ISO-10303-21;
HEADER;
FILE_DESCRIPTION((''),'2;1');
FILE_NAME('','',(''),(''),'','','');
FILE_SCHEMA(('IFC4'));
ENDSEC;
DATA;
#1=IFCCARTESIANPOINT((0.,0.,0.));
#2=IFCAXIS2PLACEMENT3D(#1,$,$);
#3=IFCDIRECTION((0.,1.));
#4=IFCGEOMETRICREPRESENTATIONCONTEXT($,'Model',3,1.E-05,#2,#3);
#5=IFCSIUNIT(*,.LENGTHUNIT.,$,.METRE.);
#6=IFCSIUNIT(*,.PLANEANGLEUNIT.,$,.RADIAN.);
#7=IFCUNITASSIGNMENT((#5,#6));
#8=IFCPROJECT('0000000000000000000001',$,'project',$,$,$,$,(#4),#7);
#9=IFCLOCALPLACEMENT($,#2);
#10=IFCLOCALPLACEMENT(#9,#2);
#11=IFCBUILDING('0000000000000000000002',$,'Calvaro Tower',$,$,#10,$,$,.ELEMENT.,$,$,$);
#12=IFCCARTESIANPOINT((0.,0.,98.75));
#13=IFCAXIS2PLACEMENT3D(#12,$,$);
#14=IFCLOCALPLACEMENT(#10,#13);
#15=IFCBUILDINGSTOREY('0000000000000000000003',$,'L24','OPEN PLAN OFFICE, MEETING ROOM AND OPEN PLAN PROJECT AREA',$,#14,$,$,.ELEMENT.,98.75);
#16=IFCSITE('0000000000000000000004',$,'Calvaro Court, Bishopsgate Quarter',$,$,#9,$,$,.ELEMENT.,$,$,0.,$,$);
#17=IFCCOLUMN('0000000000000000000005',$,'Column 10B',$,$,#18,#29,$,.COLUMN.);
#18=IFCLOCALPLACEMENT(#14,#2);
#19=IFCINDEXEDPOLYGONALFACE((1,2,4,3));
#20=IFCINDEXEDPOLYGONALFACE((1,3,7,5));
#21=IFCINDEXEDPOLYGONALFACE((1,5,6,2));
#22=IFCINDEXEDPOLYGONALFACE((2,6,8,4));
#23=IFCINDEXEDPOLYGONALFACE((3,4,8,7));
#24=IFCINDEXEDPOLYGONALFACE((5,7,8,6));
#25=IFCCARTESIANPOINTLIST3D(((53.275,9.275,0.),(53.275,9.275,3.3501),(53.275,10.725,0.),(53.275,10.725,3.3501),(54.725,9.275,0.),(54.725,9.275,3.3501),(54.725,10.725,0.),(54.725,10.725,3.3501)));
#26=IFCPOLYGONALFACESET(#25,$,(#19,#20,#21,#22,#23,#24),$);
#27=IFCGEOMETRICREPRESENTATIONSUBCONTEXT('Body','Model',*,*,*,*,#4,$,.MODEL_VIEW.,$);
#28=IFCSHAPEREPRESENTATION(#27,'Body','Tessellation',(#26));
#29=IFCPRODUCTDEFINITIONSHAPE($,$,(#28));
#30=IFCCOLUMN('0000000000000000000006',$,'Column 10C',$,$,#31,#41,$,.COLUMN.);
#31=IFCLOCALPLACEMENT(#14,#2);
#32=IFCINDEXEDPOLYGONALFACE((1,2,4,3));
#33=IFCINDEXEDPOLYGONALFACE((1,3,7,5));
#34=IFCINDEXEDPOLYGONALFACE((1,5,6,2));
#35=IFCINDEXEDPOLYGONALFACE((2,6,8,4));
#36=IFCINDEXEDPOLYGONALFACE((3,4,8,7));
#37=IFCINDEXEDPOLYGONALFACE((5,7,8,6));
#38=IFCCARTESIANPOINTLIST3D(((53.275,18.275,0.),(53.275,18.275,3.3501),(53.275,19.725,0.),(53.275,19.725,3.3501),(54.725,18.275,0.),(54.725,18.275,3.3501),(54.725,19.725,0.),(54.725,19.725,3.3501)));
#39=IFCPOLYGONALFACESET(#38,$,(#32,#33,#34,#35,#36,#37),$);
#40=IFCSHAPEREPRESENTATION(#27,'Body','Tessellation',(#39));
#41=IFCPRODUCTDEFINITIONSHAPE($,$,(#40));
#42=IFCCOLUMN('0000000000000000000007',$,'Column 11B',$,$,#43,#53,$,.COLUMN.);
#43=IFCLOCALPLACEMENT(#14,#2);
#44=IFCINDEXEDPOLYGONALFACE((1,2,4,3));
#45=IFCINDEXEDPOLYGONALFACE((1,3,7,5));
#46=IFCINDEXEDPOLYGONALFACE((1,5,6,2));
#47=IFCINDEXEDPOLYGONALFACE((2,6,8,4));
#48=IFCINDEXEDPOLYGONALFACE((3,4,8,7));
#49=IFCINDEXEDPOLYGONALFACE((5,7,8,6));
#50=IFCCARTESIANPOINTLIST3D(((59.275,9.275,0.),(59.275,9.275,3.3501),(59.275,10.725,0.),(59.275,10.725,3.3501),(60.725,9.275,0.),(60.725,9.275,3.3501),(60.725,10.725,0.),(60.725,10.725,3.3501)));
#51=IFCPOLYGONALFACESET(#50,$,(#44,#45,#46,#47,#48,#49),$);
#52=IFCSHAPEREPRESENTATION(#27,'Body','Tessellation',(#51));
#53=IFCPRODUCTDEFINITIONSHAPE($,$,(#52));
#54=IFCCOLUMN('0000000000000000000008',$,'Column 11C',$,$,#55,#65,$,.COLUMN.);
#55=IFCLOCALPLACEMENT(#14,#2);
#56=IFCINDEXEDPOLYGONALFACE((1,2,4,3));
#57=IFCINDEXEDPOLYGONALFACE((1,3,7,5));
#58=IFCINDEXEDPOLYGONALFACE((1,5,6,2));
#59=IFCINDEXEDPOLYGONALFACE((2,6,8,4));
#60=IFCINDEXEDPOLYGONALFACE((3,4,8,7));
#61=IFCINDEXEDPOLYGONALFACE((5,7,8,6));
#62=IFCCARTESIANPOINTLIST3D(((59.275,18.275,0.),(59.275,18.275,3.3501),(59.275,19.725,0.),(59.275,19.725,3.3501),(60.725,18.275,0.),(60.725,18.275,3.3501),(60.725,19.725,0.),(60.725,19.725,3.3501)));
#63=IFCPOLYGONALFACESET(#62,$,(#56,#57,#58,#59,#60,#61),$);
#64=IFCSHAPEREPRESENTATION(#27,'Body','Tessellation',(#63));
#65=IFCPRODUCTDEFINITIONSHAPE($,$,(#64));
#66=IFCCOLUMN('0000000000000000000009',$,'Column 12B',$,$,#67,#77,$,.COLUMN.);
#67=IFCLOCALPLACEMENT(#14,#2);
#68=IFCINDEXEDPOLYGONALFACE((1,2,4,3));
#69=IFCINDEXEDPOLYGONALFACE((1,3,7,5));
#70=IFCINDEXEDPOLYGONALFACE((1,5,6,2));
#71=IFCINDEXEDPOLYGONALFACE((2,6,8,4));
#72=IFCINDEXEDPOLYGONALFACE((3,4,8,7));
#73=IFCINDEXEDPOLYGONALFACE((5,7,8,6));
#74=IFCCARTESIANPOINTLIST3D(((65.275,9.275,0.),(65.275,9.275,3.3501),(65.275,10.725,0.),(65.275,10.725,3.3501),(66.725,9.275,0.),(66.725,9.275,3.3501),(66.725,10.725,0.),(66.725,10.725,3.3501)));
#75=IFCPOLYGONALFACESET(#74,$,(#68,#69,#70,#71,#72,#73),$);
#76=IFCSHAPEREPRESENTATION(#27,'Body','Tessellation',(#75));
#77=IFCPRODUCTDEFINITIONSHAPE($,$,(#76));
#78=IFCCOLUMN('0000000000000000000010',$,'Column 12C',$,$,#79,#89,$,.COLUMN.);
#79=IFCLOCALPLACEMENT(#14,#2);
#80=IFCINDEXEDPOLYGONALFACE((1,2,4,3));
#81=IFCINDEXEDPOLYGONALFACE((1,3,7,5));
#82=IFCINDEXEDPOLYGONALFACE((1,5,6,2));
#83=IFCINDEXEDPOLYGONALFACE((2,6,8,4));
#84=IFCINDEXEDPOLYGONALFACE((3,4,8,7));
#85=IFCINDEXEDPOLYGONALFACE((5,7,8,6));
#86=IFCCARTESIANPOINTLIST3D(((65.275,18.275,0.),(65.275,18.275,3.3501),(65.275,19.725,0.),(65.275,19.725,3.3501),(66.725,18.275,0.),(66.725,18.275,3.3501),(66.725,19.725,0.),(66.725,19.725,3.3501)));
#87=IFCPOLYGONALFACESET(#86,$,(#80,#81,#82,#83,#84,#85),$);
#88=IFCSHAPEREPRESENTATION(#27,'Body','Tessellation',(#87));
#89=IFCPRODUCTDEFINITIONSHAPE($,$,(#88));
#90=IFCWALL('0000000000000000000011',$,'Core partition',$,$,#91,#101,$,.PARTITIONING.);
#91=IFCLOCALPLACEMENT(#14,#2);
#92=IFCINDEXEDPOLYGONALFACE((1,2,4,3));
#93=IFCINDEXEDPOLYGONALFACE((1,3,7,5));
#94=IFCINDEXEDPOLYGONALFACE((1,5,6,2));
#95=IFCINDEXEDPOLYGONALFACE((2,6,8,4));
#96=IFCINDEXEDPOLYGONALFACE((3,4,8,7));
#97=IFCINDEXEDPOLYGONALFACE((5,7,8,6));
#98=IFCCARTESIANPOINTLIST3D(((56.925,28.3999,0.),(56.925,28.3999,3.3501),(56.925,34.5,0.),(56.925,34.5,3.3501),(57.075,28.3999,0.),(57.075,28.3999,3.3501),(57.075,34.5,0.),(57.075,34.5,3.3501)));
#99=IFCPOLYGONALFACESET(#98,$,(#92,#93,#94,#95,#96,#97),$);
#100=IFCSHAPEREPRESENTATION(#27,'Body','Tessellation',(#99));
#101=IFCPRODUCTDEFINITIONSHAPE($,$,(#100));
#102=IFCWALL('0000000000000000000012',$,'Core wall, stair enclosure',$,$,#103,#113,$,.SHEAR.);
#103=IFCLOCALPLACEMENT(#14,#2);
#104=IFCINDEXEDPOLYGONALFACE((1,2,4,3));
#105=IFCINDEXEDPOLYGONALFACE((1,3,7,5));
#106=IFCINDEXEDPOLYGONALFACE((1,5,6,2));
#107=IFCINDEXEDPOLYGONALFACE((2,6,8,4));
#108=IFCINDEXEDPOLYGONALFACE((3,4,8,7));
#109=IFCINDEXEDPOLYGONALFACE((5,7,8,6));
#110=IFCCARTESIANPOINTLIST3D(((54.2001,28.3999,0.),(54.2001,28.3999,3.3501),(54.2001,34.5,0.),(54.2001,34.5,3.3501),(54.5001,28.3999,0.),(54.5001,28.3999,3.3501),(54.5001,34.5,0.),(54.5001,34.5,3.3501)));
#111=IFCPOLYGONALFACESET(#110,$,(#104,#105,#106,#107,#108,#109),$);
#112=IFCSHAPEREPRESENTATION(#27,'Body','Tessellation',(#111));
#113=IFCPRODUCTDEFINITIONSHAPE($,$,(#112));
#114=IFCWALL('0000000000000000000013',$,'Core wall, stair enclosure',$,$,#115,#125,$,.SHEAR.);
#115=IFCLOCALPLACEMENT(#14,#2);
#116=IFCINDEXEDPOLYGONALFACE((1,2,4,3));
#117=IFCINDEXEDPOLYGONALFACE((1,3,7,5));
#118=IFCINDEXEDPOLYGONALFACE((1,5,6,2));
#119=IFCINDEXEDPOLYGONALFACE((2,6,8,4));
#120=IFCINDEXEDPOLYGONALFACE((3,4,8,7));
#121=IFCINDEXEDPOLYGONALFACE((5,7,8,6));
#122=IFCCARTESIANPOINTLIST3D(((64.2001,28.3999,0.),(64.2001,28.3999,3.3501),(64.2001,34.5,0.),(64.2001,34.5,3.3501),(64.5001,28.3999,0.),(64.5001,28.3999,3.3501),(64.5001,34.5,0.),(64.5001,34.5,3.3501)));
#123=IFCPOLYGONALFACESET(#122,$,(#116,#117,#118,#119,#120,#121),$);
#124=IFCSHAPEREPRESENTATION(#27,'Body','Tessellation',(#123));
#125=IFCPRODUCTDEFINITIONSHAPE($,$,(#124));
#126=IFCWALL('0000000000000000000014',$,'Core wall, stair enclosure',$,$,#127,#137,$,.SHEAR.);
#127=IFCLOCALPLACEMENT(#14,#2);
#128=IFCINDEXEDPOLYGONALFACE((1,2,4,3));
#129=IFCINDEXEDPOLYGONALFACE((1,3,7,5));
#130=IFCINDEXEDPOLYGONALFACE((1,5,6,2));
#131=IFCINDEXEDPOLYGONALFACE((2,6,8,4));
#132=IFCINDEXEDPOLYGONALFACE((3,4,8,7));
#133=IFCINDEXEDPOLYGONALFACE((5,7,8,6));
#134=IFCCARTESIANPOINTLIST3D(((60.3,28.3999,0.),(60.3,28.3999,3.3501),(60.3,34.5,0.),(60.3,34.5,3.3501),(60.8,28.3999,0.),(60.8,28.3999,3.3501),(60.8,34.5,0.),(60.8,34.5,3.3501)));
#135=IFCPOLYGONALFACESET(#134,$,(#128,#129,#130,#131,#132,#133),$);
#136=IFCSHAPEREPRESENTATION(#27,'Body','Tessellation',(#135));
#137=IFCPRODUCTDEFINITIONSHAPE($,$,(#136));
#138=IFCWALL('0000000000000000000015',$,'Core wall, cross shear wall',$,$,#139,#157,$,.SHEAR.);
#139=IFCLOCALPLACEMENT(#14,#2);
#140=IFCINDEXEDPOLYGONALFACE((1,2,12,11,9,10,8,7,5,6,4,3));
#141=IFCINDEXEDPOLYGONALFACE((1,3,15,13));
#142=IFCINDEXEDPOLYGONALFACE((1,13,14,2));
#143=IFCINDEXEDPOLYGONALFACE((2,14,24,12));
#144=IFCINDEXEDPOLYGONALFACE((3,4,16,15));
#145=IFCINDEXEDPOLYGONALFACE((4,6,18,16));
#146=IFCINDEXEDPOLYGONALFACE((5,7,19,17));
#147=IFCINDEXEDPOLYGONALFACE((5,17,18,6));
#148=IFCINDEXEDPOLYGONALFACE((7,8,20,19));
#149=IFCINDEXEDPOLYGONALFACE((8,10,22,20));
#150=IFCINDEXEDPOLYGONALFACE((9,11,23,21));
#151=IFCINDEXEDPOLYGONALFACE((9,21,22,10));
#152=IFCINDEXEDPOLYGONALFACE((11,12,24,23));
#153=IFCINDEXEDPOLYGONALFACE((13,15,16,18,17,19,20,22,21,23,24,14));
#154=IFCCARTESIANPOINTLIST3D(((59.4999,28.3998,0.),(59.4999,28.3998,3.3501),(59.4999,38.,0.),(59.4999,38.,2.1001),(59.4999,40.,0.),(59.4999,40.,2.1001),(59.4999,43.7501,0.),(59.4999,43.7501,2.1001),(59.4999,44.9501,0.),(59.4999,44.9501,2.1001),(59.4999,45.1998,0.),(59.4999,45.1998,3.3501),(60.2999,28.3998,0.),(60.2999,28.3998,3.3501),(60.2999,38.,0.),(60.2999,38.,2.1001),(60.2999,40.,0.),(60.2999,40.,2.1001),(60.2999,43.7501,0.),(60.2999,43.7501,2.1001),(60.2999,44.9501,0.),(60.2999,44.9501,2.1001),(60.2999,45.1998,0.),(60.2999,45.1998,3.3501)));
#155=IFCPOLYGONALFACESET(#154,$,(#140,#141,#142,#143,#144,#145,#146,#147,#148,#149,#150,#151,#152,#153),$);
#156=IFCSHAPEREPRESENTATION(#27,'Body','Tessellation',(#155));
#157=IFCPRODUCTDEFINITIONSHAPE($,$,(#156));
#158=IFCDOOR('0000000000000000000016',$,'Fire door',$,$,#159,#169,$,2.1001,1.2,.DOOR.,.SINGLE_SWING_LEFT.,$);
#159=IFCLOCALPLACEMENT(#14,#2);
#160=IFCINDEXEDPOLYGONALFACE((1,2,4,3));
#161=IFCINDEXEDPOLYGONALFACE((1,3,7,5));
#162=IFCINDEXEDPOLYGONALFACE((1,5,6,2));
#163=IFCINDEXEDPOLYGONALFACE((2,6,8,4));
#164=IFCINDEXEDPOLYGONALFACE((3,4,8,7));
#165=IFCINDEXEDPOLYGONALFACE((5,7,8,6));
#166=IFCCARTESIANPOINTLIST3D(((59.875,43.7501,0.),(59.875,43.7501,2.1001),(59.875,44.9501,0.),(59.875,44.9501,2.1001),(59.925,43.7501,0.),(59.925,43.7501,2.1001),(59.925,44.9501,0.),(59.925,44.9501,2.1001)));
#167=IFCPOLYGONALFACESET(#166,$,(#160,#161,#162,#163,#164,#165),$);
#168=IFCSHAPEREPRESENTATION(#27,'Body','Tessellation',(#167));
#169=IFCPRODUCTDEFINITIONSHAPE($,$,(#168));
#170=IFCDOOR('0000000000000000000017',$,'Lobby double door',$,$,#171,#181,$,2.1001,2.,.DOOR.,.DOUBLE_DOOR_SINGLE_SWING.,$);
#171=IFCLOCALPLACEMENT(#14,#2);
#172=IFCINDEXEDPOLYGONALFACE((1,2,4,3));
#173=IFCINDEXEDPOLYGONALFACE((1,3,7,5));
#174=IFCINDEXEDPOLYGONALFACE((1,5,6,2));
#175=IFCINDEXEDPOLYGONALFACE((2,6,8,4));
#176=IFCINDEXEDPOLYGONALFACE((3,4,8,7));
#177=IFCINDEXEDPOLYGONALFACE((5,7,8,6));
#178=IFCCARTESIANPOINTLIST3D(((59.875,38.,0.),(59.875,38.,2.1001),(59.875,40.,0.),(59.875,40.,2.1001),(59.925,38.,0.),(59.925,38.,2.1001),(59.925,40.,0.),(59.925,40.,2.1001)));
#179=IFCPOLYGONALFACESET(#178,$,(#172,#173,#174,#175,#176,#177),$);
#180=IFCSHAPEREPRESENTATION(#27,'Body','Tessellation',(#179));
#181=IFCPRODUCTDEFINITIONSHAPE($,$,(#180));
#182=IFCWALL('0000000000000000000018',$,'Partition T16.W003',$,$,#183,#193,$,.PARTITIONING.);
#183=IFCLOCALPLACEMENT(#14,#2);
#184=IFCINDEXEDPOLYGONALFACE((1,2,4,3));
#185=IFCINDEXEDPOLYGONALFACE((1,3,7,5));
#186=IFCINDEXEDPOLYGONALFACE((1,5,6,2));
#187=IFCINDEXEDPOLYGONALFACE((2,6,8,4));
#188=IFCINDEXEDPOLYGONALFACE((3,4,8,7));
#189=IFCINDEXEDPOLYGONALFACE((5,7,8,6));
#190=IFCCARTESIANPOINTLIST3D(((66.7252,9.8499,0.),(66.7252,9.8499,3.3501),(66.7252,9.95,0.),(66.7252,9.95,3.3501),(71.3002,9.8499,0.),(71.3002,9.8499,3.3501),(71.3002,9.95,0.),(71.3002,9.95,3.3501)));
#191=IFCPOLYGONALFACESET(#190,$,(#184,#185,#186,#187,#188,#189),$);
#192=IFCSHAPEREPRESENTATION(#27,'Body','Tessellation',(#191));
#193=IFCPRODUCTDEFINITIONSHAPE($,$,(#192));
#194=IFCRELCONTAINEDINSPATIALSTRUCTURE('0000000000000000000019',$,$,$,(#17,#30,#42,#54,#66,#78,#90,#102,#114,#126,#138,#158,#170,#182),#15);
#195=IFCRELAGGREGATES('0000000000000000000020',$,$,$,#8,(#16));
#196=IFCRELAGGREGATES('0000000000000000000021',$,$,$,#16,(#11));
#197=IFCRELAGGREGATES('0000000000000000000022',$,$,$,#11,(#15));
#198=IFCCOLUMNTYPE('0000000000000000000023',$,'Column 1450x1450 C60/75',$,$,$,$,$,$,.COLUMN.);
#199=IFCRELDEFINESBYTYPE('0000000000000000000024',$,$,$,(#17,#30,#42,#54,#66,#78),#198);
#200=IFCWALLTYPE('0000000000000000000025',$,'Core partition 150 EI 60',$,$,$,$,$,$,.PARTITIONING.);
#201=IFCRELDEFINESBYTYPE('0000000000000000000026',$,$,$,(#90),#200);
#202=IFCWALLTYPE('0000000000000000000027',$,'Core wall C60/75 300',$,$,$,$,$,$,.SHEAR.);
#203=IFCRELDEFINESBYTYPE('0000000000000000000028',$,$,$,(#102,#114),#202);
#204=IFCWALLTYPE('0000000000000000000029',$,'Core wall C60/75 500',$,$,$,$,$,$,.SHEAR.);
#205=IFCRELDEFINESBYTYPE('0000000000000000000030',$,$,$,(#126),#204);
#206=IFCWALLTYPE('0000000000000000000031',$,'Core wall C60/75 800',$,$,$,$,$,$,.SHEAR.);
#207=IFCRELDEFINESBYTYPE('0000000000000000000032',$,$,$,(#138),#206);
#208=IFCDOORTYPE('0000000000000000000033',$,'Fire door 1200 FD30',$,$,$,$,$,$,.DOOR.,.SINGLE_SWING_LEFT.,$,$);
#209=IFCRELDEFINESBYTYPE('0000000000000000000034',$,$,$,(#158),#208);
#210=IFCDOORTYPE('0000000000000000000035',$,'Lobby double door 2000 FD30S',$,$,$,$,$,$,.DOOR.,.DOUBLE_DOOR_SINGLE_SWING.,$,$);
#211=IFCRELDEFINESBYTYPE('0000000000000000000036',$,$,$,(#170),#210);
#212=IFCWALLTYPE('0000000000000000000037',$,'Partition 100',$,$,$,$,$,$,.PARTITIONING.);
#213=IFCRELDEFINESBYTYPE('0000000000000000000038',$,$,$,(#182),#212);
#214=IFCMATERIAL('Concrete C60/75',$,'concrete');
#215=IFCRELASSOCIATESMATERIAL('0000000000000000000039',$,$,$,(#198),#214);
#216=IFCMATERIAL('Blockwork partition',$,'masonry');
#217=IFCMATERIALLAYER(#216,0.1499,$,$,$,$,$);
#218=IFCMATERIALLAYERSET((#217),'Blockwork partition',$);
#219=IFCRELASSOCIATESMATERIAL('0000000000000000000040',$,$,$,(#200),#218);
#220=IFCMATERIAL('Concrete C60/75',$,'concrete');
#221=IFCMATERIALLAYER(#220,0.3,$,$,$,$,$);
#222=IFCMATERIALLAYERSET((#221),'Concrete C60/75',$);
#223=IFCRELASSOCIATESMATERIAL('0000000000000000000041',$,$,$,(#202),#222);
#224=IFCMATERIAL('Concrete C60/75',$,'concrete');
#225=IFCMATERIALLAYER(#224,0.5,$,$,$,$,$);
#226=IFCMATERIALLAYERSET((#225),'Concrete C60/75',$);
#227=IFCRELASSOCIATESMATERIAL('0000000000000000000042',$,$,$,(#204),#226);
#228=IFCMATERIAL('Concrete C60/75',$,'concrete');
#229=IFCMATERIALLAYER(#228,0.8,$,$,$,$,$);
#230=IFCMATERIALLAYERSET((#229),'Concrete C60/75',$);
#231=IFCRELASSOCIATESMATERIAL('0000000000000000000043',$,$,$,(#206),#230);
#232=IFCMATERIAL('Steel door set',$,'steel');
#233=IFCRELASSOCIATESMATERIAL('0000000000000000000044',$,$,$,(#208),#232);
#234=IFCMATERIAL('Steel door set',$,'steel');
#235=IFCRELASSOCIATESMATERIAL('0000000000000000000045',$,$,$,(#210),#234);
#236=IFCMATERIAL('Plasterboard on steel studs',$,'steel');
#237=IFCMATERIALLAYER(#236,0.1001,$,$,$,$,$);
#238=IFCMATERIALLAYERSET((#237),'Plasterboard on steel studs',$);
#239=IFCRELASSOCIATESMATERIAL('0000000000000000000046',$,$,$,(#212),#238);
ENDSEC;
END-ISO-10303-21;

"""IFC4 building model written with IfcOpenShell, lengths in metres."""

from ifc_helpers import new_model, si_unit, direction, frame, frame_2d, origin, origin_2d, place, context, subcontext, project, spatial, rectangle, extrude, material, layer, layer_set, material_profile, profile_set, type_object, element, fill, save


model = new_model("IFC4")

# Units and contexts
model_context = context("Model", 3, precision=1e-05, world=origin(), true_north=direction((0.0, 1.0)))
body_context = subcontext(model_context, "Body", "Model", "MODEL_VIEW")
ifc_project = project(units=[si_unit("LENGTHUNIT", "METRE"), si_unit("PLANEANGLEUNIT", "RADIAN")], contexts=[model_context])

# Site, building, storey
site_placement = place(None, origin())
site = spatial("IfcSite", under=ifc_project, at=site_placement, Name="Calvaro Court, Bishopsgate Quarter", CompositionType="ELEMENT", RefElevation=0.0)
building_placement = place(site_placement, origin())
building = spatial("IfcBuilding", under=site, at=building_placement, Name="Calvaro Tower", CompositionType="ELEMENT")
storey_placement = place(building_placement, frame((0.0, 0.0, 98.75)))
storey = spatial("IfcBuildingStorey", under=building, at=storey_placement, Name="L24", Description="OPEN PLAN OFFICE, MEETING ROOM AND OPEN PLAN PROJECT AREA", CompositionType="ELEMENT", Elevation=98.75)

# Columns
ifc_material_1 = material(Name="Concrete C60/75", Category="concrete")
ifc_material_profile = material_profile(ifc_material_1, rectangle(XDim=1.45, YDim=1.45, at=origin_2d()), Name="RC 1450x1450")
ifc_profile_set = profile_set([ifc_material_profile], Name="Concrete C60/75")
column_type = type_object("IfcColumnType", Name="Column 1450x1450 C60/75", PredefinedType="COLUMN", material=ifc_profile_set)
for number, where, z_axis, x_axis, name in (
    (1, (54.0, 10.0, 0.0), (0.0, 0.0, 1.0), (1.0, 0.0, 0.0), "Column 10B"),
    (2, (54.0, 19.0, 0.0), (0.0, 0.0, 1.0), (1.0, 0.0, 0.0), "Column 10C"),
    (3, (60.0, 10.0, 0.0), (0.0, 0.0, 1.0), (1.0, 0.0, 0.0), "Column 11B"),
    (4, (60.0, 19.0, 0.0), (0.0, 0.0, 1.0), (1.0, 0.0, 0.0), "Column 11C"),
    (5, (66.0, 10.0, 0.0), (0.0, 0.0, 1.0), (1.0, 0.0, 0.0), "Column 12B"),
    (6, (66.0, 19.0, 0.0), (0.0, 0.0, 1.0), (1.0, 0.0, 0.0), "Column 12C"),
):
    element("IfcColumn", number, at=place(storey_placement, frame(where, z_axis=z_axis, x_axis=x_axis)), inside=storey, type_object=column_type, Name=name, PredefinedType="COLUMN", context=body_context, shape_type="SweptSolid", body=[
        extrude(rectangle(XDim=1.45, YDim=1.45, at=origin_2d()), origin(), (0.0, 0.0, 1.0), 3.3501),
    ])

# Walls
ifc_material_2 = material(Name="Blockwork partition", Category="masonry")
ifc_layer_1 = layer(ifc_material_2, 0.1499)
ifc_layer_set_1 = layer_set([ifc_layer_1], Name="Blockwork partition")
wall_type_1 = type_object("IfcWallType", Name="Core partition 150 EI 60", PredefinedType="PARTITIONING", material=ifc_layer_set_1)
wall_1_placement = place(storey_placement, frame((57.0, 28.3999, 0.0), z_axis=(0.0, 0.0, 1.0), x_axis=(0.0, 1.0, 0.0)))
element("IfcWall", 7, at=wall_1_placement, inside=storey, type_object=wall_type_1, Name="Core partition", PredefinedType="PARTITIONING", context=body_context, shape_type="SweptSolid", body=[
    extrude(rectangle(XDim=6.1001, YDim=0.1499, at=frame_2d((3.05, 0.0))), origin(), (0.0, 0.0, 1.0), 3.3501),
])
ifc_material_3 = material(Name="Concrete C60/75", Category="concrete")
ifc_layer_2 = layer(ifc_material_3, 0.3)
ifc_layer_set_2 = layer_set([ifc_layer_2], Name="Concrete C60/75")
wall_type_2 = type_object("IfcWallType", Name="Core wall C60/75 300", PredefinedType="SHEAR", material=ifc_layer_set_2)
for number, where, z_axis, x_axis, name in (
    (8, (54.3501, 28.3999, 0.0), (0.0, 0.0, 1.0), (0.0, 1.0, 0.0), "Core wall, stair enclosure"),
    (9, (64.3501, 28.3999, 0.0), (0.0, 0.0, 1.0), (0.0, 1.0, 0.0), "Core wall, stair enclosure"),
):
    element("IfcWall", number, at=place(storey_placement, frame(where, z_axis=z_axis, x_axis=x_axis)), inside=storey, type_object=wall_type_2, Name=name, PredefinedType="SHEAR", context=body_context, shape_type="SweptSolid", body=[
        extrude(rectangle(XDim=6.1001, YDim=0.3, at=frame_2d((3.05, 0.0))), origin(), (0.0, 0.0, 1.0), 3.3501),
    ])
ifc_material_4 = material(Name="Concrete C60/75", Category="concrete")
ifc_layer_3 = layer(ifc_material_4, 0.5)
ifc_layer_set_3 = layer_set([ifc_layer_3], Name="Concrete C60/75")
wall_type_3 = type_object("IfcWallType", Name="Core wall C60/75 500", PredefinedType="SHEAR", material=ifc_layer_set_3)
wall_2_placement = place(storey_placement, frame((60.55, 28.3999, 0.0), z_axis=(0.0, 0.0, 1.0), x_axis=(0.0, 1.0, 0.0)))
element("IfcWall", 10, at=wall_2_placement, inside=storey, type_object=wall_type_3, Name="Core wall, stair enclosure", PredefinedType="SHEAR", context=body_context, shape_type="SweptSolid", body=[
    extrude(rectangle(XDim=6.1001, YDim=0.5, at=frame_2d((3.05, 0.0))), origin(), (0.0, 0.0, 1.0), 3.3501),
])

# Wall, openings, doors
ifc_material_5 = material(Name="Concrete C60/75", Category="concrete")
ifc_layer_4 = layer(ifc_material_5, 0.8)
ifc_layer_set_4 = layer_set([ifc_layer_4], Name="Concrete C60/75")
wall_type_4 = type_object("IfcWallType", Name="Core wall C60/75 800", PredefinedType="SHEAR", material=ifc_layer_set_4)
wall_3_placement = place(storey_placement, frame((59.8999, 28.3999, 0.0), z_axis=(0.0, 0.0, 1.0), x_axis=(0.0, 1.0, 0.0)))
wall_3 = element("IfcWall", 11, at=wall_3_placement, inside=storey, type_object=wall_type_4, Name="Core wall, cross shear wall", PredefinedType="SHEAR", context=body_context, shape_type="SweptSolid", body=[
    extrude(rectangle(XDim=16.8, YDim=0.8, at=frame_2d((8.3999, 0.0))), origin(), (0.0, 0.0, 1.0), 3.3501),
])
opening_1_placement = place(wall_3_placement, frame((9.6001, 0.0, 0.0)))
opening_1 = element("IfcOpeningElement", 12, at=opening_1_placement, cuts=wall_3, PredefinedType="OPENING", context=body_context, shape_type="SweptSolid", body=[
    extrude(rectangle(XDim=2.0, YDim=2.1001, at=frame_2d((1.0, 1.05))), frame((0.0, 0.4099, 0.0), z_axis=(0.0, -1.0, 0.0), x_axis=(1.0, 0.0, 0.0)), (0.0, 0.0, 1.0), 0.8201),
])
opening_2_placement = place(wall_3_placement, frame((15.3501, 0.0, 0.0)))
opening_2 = element("IfcOpeningElement", 13, at=opening_2_placement, cuts=wall_3, PredefinedType="OPENING", context=body_context, shape_type="SweptSolid", body=[
    extrude(rectangle(XDim=1.2, YDim=2.1001, at=frame_2d((0.6001, 1.05))), frame((0.0, 0.4099, 0.0), z_axis=(0.0, -1.0, 0.0), x_axis=(1.0, 0.0, 0.0)), (0.0, 0.0, 1.0), 0.8201),
])
ifc_material_6 = material(Name="Steel door set", Category="steel")
door_type_1 = type_object("IfcDoorType", Name="Fire door 1200 FD30", OperationType="SINGLE_SWING_LEFT", PredefinedType="DOOR", material=ifc_material_6)
door_1_placement = place(opening_2_placement, origin())
door_1 = element("IfcDoor", 14, at=door_1_placement, inside=storey, type_object=door_type_1, Name="Fire door", OperationType="SINGLE_SWING_LEFT", OverallHeight=2.1001, OverallWidth=1.2, PredefinedType="DOOR", context=body_context, shape_type="SweptSolid", body=[
    extrude(rectangle(XDim=1.2, YDim=2.1001, at=frame_2d((0.6001, 1.05))), frame((0.0, 0.0249, 0.0), z_axis=(0.0, -1.0, 0.0), x_axis=(1.0, 0.0, 0.0)), (0.0, 0.0, 1.0), 0.05),
])
fill(opening_2, door_1)
ifc_material_7 = material(Name="Steel door set", Category="steel")
door_type_2 = type_object("IfcDoorType", Name="Lobby double door 2000 FD30S", OperationType="DOUBLE_DOOR_SINGLE_SWING", PredefinedType="DOOR", material=ifc_material_7)
door_2_placement = place(opening_1_placement, origin())
door_2 = element("IfcDoor", 15, at=door_2_placement, inside=storey, type_object=door_type_2, Name="Lobby double door", OperationType="DOUBLE_DOOR_SINGLE_SWING", OverallHeight=2.1001, OverallWidth=2.0, PredefinedType="DOOR", context=body_context, shape_type="SweptSolid", body=[
    extrude(rectangle(XDim=2.0, YDim=2.1001, at=frame_2d((1.0, 1.05))), frame((0.0, 0.0249, 0.0), z_axis=(0.0, -1.0, 0.0), x_axis=(1.0, 0.0, 0.0)), (0.0, 0.0, 1.0), 0.05),
])
fill(opening_1, door_2)

# Wall
ifc_material_8 = material(Name="Plasterboard on steel studs", Category="steel")
ifc_layer_5 = layer(ifc_material_8, 0.1001)
ifc_layer_set_5 = layer_set([ifc_layer_5], Name="Plasterboard on steel studs")
wall_type_5 = type_object("IfcWallType", Name="Partition 100", PredefinedType="PARTITIONING", material=ifc_layer_set_5)
wall_4_placement = place(storey_placement, frame((66.7251, 9.8999, 0.0), z_axis=(0.0, 0.0, 1.0), x_axis=(1.0, 0.0, 0.0)))
element("IfcWall", 16, at=wall_4_placement, inside=storey, type_object=wall_type_5, Name="Partition T16.W003", PredefinedType="PARTITIONING", context=body_context, shape_type="SweptSolid", body=[
    extrude(rectangle(XDim=4.575, YDim=0.1001, at=frame_2d((2.2876, 0.0))), origin(), (0.0, 0.0, 1.0), 3.3501),
])

save(model, "model.ifc")
